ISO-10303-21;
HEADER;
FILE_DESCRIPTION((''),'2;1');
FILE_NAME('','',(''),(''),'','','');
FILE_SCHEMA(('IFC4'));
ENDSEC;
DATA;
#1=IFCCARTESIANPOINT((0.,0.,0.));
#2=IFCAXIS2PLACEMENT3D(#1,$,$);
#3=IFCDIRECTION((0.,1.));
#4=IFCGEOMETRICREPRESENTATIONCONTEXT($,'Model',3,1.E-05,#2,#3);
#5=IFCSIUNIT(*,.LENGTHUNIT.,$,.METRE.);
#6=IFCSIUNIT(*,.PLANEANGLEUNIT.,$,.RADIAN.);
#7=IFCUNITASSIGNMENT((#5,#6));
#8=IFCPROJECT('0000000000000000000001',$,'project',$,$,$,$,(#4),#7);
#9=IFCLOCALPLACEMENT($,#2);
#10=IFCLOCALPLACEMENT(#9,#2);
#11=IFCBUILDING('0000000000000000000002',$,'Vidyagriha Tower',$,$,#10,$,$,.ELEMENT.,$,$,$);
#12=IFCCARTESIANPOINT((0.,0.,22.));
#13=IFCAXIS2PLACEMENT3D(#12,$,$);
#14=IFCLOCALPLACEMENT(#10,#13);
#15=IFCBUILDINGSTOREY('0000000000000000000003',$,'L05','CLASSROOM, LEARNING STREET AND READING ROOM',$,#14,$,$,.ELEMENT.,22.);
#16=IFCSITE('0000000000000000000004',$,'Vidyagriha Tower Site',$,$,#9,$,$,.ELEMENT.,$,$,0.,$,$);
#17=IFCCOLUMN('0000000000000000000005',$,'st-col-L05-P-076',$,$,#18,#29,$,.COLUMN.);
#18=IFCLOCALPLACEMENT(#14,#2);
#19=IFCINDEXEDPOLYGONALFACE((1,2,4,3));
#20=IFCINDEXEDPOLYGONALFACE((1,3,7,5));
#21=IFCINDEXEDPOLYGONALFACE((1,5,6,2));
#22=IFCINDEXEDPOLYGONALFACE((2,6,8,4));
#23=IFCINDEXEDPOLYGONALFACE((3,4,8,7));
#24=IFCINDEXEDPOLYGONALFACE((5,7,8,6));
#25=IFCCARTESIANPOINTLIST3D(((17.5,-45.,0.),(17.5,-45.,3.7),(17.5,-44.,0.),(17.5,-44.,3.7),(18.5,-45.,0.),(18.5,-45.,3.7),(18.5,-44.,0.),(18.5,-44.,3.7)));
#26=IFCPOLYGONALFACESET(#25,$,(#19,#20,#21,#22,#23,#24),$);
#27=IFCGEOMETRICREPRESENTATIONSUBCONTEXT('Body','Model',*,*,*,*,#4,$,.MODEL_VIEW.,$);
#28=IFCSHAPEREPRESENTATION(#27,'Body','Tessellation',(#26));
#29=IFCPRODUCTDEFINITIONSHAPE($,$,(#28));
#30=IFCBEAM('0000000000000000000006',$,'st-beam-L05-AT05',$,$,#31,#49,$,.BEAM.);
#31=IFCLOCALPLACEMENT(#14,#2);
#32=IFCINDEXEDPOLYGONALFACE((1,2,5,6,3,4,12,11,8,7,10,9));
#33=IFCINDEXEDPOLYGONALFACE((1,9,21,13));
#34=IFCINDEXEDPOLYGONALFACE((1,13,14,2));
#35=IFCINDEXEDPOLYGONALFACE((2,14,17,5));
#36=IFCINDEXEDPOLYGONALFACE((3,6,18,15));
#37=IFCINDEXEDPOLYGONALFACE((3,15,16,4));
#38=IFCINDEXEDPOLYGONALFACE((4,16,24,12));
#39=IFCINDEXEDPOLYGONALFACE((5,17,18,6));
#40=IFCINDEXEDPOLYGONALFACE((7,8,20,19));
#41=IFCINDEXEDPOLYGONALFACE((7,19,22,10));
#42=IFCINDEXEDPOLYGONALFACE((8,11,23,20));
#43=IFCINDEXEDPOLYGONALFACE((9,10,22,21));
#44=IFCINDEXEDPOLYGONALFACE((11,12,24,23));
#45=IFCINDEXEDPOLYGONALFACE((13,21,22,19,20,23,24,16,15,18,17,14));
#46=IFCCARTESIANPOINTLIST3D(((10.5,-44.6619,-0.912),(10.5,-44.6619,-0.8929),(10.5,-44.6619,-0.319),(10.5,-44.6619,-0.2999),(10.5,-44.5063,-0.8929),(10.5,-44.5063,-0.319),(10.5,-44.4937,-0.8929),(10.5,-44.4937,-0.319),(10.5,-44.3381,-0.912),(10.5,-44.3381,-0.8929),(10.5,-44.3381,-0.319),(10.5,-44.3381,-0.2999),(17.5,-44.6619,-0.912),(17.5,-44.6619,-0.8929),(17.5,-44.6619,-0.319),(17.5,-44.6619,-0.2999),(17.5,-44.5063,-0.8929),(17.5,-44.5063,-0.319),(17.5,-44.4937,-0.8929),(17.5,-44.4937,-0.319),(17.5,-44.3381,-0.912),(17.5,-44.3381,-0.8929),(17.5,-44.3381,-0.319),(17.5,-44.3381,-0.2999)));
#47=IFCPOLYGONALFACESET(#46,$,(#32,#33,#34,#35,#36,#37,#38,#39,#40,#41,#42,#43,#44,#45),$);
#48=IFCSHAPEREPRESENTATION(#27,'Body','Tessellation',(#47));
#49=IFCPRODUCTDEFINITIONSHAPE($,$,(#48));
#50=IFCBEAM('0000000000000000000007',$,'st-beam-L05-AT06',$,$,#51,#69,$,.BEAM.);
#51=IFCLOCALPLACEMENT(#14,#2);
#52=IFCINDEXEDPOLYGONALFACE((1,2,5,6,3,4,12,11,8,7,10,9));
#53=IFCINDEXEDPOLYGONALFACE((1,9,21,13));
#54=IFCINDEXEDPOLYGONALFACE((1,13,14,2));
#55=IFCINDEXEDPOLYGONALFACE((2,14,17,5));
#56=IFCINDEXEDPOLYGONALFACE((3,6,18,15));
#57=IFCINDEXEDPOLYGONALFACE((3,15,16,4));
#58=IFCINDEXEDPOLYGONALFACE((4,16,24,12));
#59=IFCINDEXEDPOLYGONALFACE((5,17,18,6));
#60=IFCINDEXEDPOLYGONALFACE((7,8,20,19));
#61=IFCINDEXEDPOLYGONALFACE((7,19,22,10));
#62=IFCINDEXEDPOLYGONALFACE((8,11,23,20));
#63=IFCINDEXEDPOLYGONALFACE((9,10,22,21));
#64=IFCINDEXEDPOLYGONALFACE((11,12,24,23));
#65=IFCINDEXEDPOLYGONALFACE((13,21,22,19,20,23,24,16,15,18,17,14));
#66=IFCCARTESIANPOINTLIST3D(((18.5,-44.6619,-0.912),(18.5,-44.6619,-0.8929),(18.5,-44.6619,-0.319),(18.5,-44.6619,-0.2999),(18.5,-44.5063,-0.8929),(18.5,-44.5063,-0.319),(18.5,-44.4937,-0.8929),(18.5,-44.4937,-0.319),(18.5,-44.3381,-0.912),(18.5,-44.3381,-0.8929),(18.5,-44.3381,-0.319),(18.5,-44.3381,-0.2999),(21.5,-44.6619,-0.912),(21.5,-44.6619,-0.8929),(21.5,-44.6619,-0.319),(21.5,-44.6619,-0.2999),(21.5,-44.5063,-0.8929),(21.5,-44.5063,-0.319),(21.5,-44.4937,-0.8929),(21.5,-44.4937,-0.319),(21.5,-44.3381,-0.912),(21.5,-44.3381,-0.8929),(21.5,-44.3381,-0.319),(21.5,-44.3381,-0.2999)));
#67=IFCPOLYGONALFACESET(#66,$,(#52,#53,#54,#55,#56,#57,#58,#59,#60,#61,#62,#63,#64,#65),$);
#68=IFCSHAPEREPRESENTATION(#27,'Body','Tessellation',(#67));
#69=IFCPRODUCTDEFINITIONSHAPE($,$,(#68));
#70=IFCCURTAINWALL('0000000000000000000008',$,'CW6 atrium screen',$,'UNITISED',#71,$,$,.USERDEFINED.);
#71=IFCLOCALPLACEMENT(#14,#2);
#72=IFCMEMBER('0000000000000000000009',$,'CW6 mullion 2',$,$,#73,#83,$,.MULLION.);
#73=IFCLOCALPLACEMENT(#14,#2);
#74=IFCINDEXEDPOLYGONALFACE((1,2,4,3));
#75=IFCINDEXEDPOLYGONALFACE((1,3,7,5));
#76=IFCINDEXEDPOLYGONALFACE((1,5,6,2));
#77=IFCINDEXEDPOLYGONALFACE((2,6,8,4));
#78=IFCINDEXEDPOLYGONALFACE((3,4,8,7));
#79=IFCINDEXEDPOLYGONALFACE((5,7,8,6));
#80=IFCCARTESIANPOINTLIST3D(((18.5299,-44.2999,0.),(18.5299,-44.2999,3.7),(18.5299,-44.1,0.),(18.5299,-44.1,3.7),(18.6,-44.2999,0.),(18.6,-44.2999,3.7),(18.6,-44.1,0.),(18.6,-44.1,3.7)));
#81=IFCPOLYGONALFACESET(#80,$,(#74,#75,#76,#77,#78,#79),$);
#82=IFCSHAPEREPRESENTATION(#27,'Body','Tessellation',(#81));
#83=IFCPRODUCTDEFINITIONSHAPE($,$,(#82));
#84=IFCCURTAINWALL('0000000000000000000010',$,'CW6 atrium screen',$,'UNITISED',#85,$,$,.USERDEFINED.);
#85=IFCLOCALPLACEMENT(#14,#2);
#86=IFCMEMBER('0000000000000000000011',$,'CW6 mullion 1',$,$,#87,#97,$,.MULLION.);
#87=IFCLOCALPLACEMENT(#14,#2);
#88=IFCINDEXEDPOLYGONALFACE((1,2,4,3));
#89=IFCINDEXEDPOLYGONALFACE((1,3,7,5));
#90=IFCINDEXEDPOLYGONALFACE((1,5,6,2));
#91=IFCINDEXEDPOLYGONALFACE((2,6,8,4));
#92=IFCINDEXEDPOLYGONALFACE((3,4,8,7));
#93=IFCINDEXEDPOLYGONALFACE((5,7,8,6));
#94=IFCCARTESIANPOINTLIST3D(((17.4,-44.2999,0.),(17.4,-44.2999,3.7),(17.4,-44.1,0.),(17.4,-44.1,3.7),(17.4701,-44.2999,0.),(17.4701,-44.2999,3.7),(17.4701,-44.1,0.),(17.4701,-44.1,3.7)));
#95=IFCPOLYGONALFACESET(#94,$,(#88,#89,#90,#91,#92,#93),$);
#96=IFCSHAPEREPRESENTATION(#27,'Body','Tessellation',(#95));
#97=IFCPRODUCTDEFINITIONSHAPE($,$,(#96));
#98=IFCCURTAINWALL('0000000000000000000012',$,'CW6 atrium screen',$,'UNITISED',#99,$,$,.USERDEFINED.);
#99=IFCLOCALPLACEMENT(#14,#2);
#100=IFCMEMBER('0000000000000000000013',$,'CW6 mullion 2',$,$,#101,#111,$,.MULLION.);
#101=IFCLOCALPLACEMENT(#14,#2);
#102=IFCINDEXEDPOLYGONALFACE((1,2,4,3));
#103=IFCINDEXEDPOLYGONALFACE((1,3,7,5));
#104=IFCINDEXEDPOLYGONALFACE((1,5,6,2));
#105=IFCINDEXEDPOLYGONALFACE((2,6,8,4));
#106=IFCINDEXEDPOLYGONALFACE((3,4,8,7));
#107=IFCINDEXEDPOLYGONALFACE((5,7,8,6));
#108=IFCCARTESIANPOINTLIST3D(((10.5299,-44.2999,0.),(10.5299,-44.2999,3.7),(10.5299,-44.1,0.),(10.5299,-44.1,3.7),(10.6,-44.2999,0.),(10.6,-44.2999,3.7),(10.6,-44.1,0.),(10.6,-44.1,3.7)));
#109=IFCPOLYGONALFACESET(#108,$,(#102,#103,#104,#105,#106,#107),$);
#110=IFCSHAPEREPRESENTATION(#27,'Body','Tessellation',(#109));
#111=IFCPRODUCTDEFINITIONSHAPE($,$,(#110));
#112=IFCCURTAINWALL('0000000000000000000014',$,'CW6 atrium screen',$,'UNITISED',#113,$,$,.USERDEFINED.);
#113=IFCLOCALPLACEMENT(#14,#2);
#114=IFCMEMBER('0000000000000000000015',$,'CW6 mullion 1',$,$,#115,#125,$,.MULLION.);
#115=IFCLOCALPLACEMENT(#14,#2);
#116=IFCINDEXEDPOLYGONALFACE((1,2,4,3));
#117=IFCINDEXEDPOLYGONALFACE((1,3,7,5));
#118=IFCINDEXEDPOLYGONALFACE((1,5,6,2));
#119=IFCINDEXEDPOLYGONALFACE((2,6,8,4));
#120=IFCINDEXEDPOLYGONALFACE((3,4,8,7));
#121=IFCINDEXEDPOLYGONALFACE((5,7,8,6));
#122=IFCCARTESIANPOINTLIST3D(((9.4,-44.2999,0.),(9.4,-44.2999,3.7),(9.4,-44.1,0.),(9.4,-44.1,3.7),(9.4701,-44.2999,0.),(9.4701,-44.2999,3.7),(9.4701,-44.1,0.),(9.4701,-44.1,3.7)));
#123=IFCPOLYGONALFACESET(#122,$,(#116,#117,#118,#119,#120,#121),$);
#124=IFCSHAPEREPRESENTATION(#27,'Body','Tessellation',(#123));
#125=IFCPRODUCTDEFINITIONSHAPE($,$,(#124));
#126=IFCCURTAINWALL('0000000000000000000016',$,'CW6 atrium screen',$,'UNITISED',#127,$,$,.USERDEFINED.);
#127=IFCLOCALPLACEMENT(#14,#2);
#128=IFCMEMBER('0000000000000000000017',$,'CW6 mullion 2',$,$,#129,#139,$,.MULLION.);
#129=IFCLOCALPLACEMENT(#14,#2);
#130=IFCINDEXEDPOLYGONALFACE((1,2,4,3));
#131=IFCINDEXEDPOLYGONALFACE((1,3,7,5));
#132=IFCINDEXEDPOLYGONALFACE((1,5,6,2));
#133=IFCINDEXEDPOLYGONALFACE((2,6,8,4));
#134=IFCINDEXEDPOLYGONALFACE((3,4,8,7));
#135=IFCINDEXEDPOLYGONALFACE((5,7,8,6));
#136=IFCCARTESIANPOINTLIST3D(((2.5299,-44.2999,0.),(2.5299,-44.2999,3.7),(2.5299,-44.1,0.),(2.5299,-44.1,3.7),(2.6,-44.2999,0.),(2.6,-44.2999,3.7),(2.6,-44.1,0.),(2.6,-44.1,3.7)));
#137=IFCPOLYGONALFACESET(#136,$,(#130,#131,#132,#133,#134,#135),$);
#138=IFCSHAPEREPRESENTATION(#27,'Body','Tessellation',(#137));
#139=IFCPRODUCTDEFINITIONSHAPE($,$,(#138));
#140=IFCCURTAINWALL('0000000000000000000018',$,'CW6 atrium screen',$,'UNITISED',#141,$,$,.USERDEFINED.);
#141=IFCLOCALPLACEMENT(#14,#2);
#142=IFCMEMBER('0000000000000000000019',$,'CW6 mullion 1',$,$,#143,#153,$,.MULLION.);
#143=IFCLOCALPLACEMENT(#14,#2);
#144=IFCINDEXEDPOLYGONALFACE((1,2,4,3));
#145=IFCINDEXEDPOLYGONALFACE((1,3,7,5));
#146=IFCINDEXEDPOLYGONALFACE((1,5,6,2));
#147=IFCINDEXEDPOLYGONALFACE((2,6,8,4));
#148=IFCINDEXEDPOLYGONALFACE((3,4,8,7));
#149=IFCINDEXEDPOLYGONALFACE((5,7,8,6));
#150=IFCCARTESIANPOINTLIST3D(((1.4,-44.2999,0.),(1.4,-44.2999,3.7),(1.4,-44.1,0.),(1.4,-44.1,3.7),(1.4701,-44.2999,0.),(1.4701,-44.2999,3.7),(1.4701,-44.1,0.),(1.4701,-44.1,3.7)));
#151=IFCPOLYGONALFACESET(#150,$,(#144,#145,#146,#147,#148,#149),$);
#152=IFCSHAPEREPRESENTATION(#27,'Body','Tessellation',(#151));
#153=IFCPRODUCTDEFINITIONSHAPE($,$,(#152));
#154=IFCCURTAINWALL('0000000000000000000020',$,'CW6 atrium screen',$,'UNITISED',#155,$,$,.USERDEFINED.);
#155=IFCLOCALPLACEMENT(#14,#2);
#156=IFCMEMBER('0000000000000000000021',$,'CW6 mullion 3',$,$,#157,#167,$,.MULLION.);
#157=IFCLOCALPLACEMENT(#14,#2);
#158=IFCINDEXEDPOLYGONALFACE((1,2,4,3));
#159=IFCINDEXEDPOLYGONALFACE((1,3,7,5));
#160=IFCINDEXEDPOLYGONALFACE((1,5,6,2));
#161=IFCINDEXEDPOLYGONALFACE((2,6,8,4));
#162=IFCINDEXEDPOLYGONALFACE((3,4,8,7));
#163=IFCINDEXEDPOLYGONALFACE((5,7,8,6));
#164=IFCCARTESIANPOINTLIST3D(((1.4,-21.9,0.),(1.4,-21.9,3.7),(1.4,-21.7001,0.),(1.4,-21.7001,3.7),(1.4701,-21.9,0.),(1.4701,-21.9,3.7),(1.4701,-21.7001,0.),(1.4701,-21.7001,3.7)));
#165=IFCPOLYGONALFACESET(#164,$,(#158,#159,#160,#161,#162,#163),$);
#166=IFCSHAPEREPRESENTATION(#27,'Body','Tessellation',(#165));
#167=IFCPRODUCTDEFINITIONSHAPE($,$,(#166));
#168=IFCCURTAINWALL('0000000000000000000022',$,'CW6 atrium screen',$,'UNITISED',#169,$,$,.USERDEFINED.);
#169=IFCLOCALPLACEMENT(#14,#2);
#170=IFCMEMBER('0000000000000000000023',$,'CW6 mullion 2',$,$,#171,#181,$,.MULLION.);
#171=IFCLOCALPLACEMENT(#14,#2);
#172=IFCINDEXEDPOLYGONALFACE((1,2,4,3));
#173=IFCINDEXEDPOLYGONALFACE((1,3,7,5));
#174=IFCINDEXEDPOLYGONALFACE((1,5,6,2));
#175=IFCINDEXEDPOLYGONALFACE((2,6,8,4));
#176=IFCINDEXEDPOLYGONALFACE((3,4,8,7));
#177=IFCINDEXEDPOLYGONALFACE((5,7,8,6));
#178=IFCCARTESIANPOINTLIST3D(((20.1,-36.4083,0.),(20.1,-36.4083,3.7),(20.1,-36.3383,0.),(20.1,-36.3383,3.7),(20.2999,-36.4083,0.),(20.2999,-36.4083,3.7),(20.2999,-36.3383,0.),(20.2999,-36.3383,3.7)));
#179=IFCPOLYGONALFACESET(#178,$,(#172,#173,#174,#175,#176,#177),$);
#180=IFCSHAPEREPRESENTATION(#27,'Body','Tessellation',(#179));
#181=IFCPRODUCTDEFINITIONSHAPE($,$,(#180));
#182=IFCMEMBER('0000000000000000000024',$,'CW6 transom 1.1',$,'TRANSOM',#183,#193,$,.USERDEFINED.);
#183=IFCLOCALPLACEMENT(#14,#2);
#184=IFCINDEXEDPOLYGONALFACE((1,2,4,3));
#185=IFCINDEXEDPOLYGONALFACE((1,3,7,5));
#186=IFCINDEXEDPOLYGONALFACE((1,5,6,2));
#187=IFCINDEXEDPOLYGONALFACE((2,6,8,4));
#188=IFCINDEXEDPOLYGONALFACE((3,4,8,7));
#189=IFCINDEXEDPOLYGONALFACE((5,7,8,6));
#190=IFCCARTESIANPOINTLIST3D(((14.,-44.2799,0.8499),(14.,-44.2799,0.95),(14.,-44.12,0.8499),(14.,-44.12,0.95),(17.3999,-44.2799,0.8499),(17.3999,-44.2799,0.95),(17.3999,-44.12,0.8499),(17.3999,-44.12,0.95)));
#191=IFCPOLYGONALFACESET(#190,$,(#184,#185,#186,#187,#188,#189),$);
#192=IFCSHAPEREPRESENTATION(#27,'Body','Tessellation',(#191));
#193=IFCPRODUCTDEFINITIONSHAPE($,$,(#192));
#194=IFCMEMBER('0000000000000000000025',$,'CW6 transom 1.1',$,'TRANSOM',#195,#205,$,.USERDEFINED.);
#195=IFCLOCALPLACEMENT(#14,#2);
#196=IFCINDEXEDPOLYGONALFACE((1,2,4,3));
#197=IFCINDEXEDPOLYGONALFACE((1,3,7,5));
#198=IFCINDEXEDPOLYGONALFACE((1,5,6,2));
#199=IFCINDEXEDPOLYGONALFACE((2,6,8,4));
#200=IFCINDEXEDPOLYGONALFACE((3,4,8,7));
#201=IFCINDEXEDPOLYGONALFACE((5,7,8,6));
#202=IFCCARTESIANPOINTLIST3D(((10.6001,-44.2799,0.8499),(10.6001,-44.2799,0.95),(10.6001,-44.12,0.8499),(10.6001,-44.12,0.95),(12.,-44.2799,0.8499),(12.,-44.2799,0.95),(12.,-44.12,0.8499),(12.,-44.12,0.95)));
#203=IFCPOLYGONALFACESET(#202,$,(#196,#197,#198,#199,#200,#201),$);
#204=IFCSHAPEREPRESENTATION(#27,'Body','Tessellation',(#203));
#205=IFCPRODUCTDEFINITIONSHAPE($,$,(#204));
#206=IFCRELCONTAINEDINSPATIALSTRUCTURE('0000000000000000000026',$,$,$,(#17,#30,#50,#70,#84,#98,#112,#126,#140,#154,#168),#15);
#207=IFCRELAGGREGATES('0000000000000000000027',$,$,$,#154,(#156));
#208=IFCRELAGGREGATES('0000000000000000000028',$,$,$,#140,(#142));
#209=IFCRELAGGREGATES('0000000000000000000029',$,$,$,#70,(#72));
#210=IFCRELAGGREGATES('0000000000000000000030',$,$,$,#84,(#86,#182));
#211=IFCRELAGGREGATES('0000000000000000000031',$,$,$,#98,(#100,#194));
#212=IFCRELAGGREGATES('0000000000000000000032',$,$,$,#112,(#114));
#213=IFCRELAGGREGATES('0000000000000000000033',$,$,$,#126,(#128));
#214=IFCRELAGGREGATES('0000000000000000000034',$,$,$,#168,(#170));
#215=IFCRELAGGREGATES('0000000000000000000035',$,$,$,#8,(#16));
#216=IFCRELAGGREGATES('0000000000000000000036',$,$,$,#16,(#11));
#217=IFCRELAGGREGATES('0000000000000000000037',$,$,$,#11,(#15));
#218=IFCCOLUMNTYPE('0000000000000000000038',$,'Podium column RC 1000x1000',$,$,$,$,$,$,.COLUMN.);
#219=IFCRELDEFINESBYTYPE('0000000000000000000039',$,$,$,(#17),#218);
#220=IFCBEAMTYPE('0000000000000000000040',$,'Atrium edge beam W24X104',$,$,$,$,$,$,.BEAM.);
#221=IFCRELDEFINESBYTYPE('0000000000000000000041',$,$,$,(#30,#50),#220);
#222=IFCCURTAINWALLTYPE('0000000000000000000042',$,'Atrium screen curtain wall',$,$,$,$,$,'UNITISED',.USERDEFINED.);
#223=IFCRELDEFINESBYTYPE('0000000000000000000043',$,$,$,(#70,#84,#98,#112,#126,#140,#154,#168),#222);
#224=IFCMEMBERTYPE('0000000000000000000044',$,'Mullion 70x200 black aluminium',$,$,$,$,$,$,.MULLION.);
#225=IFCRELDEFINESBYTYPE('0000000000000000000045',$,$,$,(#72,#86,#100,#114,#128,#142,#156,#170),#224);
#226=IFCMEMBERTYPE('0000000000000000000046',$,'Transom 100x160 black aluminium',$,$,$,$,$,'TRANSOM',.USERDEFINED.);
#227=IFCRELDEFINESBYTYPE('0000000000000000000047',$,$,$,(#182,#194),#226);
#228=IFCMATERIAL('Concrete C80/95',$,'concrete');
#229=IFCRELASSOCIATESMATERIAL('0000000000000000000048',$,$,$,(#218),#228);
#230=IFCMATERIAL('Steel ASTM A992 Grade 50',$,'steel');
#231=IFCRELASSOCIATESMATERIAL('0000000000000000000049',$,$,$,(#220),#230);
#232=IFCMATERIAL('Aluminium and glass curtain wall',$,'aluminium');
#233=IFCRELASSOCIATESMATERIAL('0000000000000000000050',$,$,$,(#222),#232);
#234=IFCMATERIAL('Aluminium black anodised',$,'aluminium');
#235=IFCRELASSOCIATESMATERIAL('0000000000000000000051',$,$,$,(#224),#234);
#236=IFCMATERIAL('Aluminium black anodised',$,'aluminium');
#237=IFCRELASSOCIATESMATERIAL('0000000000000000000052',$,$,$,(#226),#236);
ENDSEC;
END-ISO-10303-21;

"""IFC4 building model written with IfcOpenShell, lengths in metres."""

from ifc_helpers import new_model, si_unit, direction, frame, origin, origin_2d, place, context, subcontext, project, spatial, rectangle, i_section, extrude, material, material_profile, profile_set, type_object, element, aggregate, save


model = new_model("IFC4")

# Units and contexts
model_context = context("Model", 3, precision=1e-05, world=origin(), true_north=direction((0.0, 1.0)))
body_context = subcontext(model_context, "Body", "Model", "MODEL_VIEW")
ifc_project = project(units=[si_unit("LENGTHUNIT", "METRE"), si_unit("PLANEANGLEUNIT", "RADIAN")], contexts=[model_context])

# Site, building, storey
site_placement = place(None, origin())
site = spatial("IfcSite", under=ifc_project, at=site_placement, Name="Vidyagriha Tower Site", CompositionType="ELEMENT", RefElevation=0.0)
building_placement = place(site_placement, origin())
building = spatial("IfcBuilding", under=site, at=building_placement, Name="Vidyagriha Tower", CompositionType="ELEMENT")
storey_placement = place(building_placement, frame((0.0, 0.0, 22.0)))
storey = spatial("IfcBuildingStorey", under=building, at=storey_placement, Name="L05", Description="CLASSROOM, LEARNING STREET AND READING ROOM", CompositionType="ELEMENT", Elevation=22.0)

# Column
ifc_material_1 = material(Name="Concrete C80/95", Category="concrete")
ifc_material_profile_1 = material_profile(ifc_material_1, rectangle(XDim=1.0, YDim=1.0, at=origin_2d()), Name="RC 1000x1000")
ifc_profile_set_1 = profile_set([ifc_material_profile_1], Name="Concrete C80/95")
column_type = type_object("IfcColumnType", Name="Podium column RC 1000x1000", PredefinedType="COLUMN", material=ifc_profile_set_1)
column_placement = place(storey_placement, frame((18.0, -44.5, 0.0)))
element("IfcColumn", 1, at=column_placement, inside=storey, type_object=column_type, Name="st-col-L05-P-076", PredefinedType="COLUMN", context=body_context, shape_type="SweptSolid", body=[
    extrude(rectangle(XDim=1.0, YDim=1.0, at=origin_2d()), origin(), (0.0, 0.0, 1.0), 3.7),
])

# Beams
ifc_material_2 = material(Name="Steel ASTM A992 Grade 50", Category="steel")
ifc_material_profile_2 = material_profile(ifc_material_2, i_section(OverallWidth=0.3237, OverallDepth=0.6121, WebThickness=0.0127, FlangeThickness=0.019, at=origin_2d()), Name="W24X104")
ifc_profile_set_2 = profile_set([ifc_material_profile_2], Name="Steel ASTM A992 Grade 50")
beam_type = type_object("IfcBeamType", Name="Atrium edge beam W24X104", PredefinedType="BEAM", material=ifc_profile_set_2)
beam_1_placement = place(storey_placement, frame((10.5, -44.5, -0.606), z_axis=(1.0, 0.0, 0.0), x_axis=(0.0, 1.0, 0.0)))
element("IfcBeam", 2, at=beam_1_placement, inside=storey, type_object=beam_type, Name="st-beam-L05-AT05", PredefinedType="BEAM", context=body_context, shape_type="SweptSolid", body=[
    extrude(i_section(OverallWidth=0.3237, OverallDepth=0.6121, WebThickness=0.0127, FlangeThickness=0.019, at=origin_2d()), origin(), (0.0, 0.0, 1.0), 7.0),
])
beam_2_placement = place(storey_placement, frame((18.5, -44.5, -0.606), z_axis=(1.0, 0.0, 0.0), x_axis=(0.0, 1.0, 0.0)))
element("IfcBeam", 3, at=beam_2_placement, inside=storey, type_object=beam_type, Name="st-beam-L05-AT06", PredefinedType="BEAM", context=body_context, shape_type="SweptSolid", body=[
    extrude(i_section(OverallWidth=0.3237, OverallDepth=0.6121, WebThickness=0.0127, FlangeThickness=0.019, at=origin_2d()), origin(), (0.0, 0.0, 1.0), 3.0),
])

# Curtain walls, members
ifc_material_3 = material(Name="Aluminium and glass curtain wall", Category="aluminium")
curtain_wall_type = type_object("IfcCurtainWallType", Name="Atrium screen curtain wall", ElementType="UNITISED", PredefinedType="USERDEFINED", material=ifc_material_3)
curtain_wall_1_placement = place(storey_placement, origin())
curtain_wall_1 = element("IfcCurtainWall", 4, at=curtain_wall_1_placement, inside=storey, type_object=curtain_wall_type, Name="CW6 atrium screen", ObjectType="UNITISED", PredefinedType="USERDEFINED")
ifc_material_4 = material(Name="Aluminium black anodised", Category="aluminium")
ifc_material_profile_3 = material_profile(ifc_material_4, rectangle(XDim=0.2, YDim=0.0701, at=origin_2d()), Name="Mullion 70x200 black aluminium")
ifc_profile_set_3 = profile_set([ifc_material_profile_3], Name="Aluminium black anodised")
member_type_1 = type_object("IfcMemberType", Name="Mullion 70x200 black aluminium", PredefinedType="MULLION", material=ifc_profile_set_3)
member_1_placement = place(storey_placement, frame((18.5649, -44.2, 0.0), z_axis=(0.0, 0.0, 1.0), x_axis=(0.0, -1.0, 0.0)))
member_1 = element("IfcMember", 5, at=member_1_placement, type_object=member_type_1, Name="CW6 mullion 2", PredefinedType="MULLION", context=body_context, shape_type="SweptSolid", body=[
    extrude(rectangle(XDim=0.2, YDim=0.0701, at=origin_2d()), origin(), (0.0, 0.0, 1.0), 3.7),
])
curtain_wall_2_placement = place(storey_placement, origin())
curtain_wall_2 = element("IfcCurtainWall", 6, at=curtain_wall_2_placement, inside=storey, type_object=curtain_wall_type, Name="CW6 atrium screen", ObjectType="UNITISED", PredefinedType="USERDEFINED")
member_2_placement = place(storey_placement, frame((17.4351, -44.2, 0.0), z_axis=(0.0, 0.0, 1.0), x_axis=(0.0, -1.0, 0.0)))
member_2 = element("IfcMember", 7, at=member_2_placement, type_object=member_type_1, Name="CW6 mullion 1", PredefinedType="MULLION", context=body_context, shape_type="SweptSolid", body=[
    extrude(rectangle(XDim=0.2, YDim=0.0701, at=origin_2d()), origin(), (0.0, 0.0, 1.0), 3.7),
])
curtain_wall_3_placement = place(storey_placement, origin())
curtain_wall_3 = element("IfcCurtainWall", 8, at=curtain_wall_3_placement, inside=storey, type_object=curtain_wall_type, Name="CW6 atrium screen", ObjectType="UNITISED", PredefinedType="USERDEFINED")
member_3_placement = place(storey_placement, frame((10.5649, -44.2, 0.0), z_axis=(0.0, 0.0, 1.0), x_axis=(0.0, -1.0, 0.0)))
member_3 = element("IfcMember", 9, at=member_3_placement, type_object=member_type_1, Name="CW6 mullion 2", PredefinedType="MULLION", context=body_context, shape_type="SweptSolid", body=[
    extrude(rectangle(XDim=0.2, YDim=0.0701, at=origin_2d()), origin(), (0.0, 0.0, 1.0), 3.7),
])
curtain_wall_4_placement = place(storey_placement, origin())
curtain_wall_4 = element("IfcCurtainWall", 10, at=curtain_wall_4_placement, inside=storey, type_object=curtain_wall_type, Name="CW6 atrium screen", ObjectType="UNITISED", PredefinedType="USERDEFINED")
member_4_placement = place(storey_placement, frame((9.4351, -44.2, 0.0), z_axis=(0.0, 0.0, 1.0), x_axis=(0.0, -1.0, 0.0)))
member_4 = element("IfcMember", 11, at=member_4_placement, type_object=member_type_1, Name="CW6 mullion 1", PredefinedType="MULLION", context=body_context, shape_type="SweptSolid", body=[
    extrude(rectangle(XDim=0.2, YDim=0.0701, at=origin_2d()), origin(), (0.0, 0.0, 1.0), 3.7),
])
curtain_wall_5_placement = place(storey_placement, origin())
curtain_wall_5 = element("IfcCurtainWall", 12, at=curtain_wall_5_placement, inside=storey, type_object=curtain_wall_type, Name="CW6 atrium screen", ObjectType="UNITISED", PredefinedType="USERDEFINED")
member_5_placement = place(storey_placement, frame((2.5649, -44.2, 0.0), z_axis=(0.0, 0.0, 1.0), x_axis=(0.0, -1.0, 0.0)))
member_5 = element("IfcMember", 13, at=member_5_placement, type_object=member_type_1, Name="CW6 mullion 2", PredefinedType="MULLION", context=body_context, shape_type="SweptSolid", body=[
    extrude(rectangle(XDim=0.2, YDim=0.0701, at=origin_2d()), origin(), (0.0, 0.0, 1.0), 3.7),
])
curtain_wall_6_placement = place(storey_placement, origin())
curtain_wall_6 = element("IfcCurtainWall", 14, at=curtain_wall_6_placement, inside=storey, type_object=curtain_wall_type, Name="CW6 atrium screen", ObjectType="UNITISED", PredefinedType="USERDEFINED")
member_6_placement = place(storey_placement, frame((1.4351, -44.2, 0.0), z_axis=(0.0, 0.0, 1.0), x_axis=(0.0, -1.0, 0.0)))
member_6 = element("IfcMember", 15, at=member_6_placement, type_object=member_type_1, Name="CW6 mullion 1", PredefinedType="MULLION", context=body_context, shape_type="SweptSolid", body=[
    extrude(rectangle(XDim=0.2, YDim=0.0701, at=origin_2d()), origin(), (0.0, 0.0, 1.0), 3.7),
])
curtain_wall_7_placement = place(storey_placement, origin())
curtain_wall_7 = element("IfcCurtainWall", 16, at=curtain_wall_7_placement, inside=storey, type_object=curtain_wall_type, Name="CW6 atrium screen", ObjectType="UNITISED", PredefinedType="USERDEFINED")
member_7_placement = place(storey_placement, frame((1.4351, -21.8, 0.0), z_axis=(0.0, 0.0, 1.0), x_axis=(0.0, 1.0, 0.0)))
member_7 = element("IfcMember", 17, at=member_7_placement, type_object=member_type_1, Name="CW6 mullion 3", PredefinedType="MULLION", context=body_context, shape_type="SweptSolid", body=[
    extrude(rectangle(XDim=0.2, YDim=0.0701, at=origin_2d()), origin(), (0.0, 0.0, 1.0), 3.7),
])
aggregate(curtain_wall_7, [member_7])
curtain_wall_8_placement = place(storey_placement, origin())
curtain_wall_8 = element("IfcCurtainWall", 18, at=curtain_wall_8_placement, inside=storey, type_object=curtain_wall_type, Name="CW6 atrium screen", ObjectType="UNITISED", PredefinedType="USERDEFINED")
member_8_placement = place(storey_placement, frame((20.2, -36.3733, 0.0)))
member_8 = element("IfcMember", 19, at=member_8_placement, type_object=member_type_1, Name="CW6 mullion 2", PredefinedType="MULLION", context=body_context, shape_type="SweptSolid", body=[
    extrude(rectangle(XDim=0.2, YDim=0.0701, at=origin_2d()), origin(), (0.0, 0.0, 1.0), 3.7),
])

# Members
ifc_material_5 = material(Name="Aluminium black anodised", Category="aluminium")
ifc_material_profile_4 = material_profile(ifc_material_5, rectangle(XDim=0.1599, YDim=0.1001, at=origin_2d()), Name="Transom 100x160 black aluminium")
ifc_profile_set_4 = profile_set([ifc_material_profile_4], Name="Aluminium black anodised")
member_type_2 = type_object("IfcMemberType", Name="Transom 100x160 black aluminium", ElementType="TRANSOM", PredefinedType="USERDEFINED", material=ifc_profile_set_4)
member_9_placement = place(storey_placement, frame((17.3999, -44.2, 0.8999), z_axis=(-1.0, 0.0, 0.0), x_axis=(0.0, -1.0, 0.0)))
member_9 = element("IfcMember", 20, at=member_9_placement, type_object=member_type_2, Name="CW6 transom 1.1", ObjectType="TRANSOM", PredefinedType="USERDEFINED", context=body_context, shape_type="SweptSolid", body=[
    extrude(rectangle(XDim=0.1599, YDim=0.1001, at=origin_2d()), origin(), (0.0, 0.0, 1.0), 3.3999),
])
member_10_placement = place(storey_placement, frame((12.0, -44.2, 0.8999), z_axis=(-1.0, 0.0, 0.0), x_axis=(0.0, -1.0, 0.0)))
member_10 = element("IfcMember", 21, at=member_10_placement, type_object=member_type_2, Name="CW6 transom 1.1", ObjectType="TRANSOM", PredefinedType="USERDEFINED", context=body_context, shape_type="SweptSolid", body=[
    extrude(rectangle(XDim=0.1599, YDim=0.1001, at=origin_2d()), origin(), (0.0, 0.0, 1.0), 1.3999),
])
aggregate(curtain_wall_6, [member_6])

aggregate(curtain_wall_1, [member_1])
aggregate(curtain_wall_2, [member_2, member_9])
aggregate(curtain_wall_3, [member_3, member_10])
aggregate(curtain_wall_4, [member_4])
aggregate(curtain_wall_5, [member_5])
aggregate(curtain_wall_8, [member_8])

save(model, "model.ifc")
